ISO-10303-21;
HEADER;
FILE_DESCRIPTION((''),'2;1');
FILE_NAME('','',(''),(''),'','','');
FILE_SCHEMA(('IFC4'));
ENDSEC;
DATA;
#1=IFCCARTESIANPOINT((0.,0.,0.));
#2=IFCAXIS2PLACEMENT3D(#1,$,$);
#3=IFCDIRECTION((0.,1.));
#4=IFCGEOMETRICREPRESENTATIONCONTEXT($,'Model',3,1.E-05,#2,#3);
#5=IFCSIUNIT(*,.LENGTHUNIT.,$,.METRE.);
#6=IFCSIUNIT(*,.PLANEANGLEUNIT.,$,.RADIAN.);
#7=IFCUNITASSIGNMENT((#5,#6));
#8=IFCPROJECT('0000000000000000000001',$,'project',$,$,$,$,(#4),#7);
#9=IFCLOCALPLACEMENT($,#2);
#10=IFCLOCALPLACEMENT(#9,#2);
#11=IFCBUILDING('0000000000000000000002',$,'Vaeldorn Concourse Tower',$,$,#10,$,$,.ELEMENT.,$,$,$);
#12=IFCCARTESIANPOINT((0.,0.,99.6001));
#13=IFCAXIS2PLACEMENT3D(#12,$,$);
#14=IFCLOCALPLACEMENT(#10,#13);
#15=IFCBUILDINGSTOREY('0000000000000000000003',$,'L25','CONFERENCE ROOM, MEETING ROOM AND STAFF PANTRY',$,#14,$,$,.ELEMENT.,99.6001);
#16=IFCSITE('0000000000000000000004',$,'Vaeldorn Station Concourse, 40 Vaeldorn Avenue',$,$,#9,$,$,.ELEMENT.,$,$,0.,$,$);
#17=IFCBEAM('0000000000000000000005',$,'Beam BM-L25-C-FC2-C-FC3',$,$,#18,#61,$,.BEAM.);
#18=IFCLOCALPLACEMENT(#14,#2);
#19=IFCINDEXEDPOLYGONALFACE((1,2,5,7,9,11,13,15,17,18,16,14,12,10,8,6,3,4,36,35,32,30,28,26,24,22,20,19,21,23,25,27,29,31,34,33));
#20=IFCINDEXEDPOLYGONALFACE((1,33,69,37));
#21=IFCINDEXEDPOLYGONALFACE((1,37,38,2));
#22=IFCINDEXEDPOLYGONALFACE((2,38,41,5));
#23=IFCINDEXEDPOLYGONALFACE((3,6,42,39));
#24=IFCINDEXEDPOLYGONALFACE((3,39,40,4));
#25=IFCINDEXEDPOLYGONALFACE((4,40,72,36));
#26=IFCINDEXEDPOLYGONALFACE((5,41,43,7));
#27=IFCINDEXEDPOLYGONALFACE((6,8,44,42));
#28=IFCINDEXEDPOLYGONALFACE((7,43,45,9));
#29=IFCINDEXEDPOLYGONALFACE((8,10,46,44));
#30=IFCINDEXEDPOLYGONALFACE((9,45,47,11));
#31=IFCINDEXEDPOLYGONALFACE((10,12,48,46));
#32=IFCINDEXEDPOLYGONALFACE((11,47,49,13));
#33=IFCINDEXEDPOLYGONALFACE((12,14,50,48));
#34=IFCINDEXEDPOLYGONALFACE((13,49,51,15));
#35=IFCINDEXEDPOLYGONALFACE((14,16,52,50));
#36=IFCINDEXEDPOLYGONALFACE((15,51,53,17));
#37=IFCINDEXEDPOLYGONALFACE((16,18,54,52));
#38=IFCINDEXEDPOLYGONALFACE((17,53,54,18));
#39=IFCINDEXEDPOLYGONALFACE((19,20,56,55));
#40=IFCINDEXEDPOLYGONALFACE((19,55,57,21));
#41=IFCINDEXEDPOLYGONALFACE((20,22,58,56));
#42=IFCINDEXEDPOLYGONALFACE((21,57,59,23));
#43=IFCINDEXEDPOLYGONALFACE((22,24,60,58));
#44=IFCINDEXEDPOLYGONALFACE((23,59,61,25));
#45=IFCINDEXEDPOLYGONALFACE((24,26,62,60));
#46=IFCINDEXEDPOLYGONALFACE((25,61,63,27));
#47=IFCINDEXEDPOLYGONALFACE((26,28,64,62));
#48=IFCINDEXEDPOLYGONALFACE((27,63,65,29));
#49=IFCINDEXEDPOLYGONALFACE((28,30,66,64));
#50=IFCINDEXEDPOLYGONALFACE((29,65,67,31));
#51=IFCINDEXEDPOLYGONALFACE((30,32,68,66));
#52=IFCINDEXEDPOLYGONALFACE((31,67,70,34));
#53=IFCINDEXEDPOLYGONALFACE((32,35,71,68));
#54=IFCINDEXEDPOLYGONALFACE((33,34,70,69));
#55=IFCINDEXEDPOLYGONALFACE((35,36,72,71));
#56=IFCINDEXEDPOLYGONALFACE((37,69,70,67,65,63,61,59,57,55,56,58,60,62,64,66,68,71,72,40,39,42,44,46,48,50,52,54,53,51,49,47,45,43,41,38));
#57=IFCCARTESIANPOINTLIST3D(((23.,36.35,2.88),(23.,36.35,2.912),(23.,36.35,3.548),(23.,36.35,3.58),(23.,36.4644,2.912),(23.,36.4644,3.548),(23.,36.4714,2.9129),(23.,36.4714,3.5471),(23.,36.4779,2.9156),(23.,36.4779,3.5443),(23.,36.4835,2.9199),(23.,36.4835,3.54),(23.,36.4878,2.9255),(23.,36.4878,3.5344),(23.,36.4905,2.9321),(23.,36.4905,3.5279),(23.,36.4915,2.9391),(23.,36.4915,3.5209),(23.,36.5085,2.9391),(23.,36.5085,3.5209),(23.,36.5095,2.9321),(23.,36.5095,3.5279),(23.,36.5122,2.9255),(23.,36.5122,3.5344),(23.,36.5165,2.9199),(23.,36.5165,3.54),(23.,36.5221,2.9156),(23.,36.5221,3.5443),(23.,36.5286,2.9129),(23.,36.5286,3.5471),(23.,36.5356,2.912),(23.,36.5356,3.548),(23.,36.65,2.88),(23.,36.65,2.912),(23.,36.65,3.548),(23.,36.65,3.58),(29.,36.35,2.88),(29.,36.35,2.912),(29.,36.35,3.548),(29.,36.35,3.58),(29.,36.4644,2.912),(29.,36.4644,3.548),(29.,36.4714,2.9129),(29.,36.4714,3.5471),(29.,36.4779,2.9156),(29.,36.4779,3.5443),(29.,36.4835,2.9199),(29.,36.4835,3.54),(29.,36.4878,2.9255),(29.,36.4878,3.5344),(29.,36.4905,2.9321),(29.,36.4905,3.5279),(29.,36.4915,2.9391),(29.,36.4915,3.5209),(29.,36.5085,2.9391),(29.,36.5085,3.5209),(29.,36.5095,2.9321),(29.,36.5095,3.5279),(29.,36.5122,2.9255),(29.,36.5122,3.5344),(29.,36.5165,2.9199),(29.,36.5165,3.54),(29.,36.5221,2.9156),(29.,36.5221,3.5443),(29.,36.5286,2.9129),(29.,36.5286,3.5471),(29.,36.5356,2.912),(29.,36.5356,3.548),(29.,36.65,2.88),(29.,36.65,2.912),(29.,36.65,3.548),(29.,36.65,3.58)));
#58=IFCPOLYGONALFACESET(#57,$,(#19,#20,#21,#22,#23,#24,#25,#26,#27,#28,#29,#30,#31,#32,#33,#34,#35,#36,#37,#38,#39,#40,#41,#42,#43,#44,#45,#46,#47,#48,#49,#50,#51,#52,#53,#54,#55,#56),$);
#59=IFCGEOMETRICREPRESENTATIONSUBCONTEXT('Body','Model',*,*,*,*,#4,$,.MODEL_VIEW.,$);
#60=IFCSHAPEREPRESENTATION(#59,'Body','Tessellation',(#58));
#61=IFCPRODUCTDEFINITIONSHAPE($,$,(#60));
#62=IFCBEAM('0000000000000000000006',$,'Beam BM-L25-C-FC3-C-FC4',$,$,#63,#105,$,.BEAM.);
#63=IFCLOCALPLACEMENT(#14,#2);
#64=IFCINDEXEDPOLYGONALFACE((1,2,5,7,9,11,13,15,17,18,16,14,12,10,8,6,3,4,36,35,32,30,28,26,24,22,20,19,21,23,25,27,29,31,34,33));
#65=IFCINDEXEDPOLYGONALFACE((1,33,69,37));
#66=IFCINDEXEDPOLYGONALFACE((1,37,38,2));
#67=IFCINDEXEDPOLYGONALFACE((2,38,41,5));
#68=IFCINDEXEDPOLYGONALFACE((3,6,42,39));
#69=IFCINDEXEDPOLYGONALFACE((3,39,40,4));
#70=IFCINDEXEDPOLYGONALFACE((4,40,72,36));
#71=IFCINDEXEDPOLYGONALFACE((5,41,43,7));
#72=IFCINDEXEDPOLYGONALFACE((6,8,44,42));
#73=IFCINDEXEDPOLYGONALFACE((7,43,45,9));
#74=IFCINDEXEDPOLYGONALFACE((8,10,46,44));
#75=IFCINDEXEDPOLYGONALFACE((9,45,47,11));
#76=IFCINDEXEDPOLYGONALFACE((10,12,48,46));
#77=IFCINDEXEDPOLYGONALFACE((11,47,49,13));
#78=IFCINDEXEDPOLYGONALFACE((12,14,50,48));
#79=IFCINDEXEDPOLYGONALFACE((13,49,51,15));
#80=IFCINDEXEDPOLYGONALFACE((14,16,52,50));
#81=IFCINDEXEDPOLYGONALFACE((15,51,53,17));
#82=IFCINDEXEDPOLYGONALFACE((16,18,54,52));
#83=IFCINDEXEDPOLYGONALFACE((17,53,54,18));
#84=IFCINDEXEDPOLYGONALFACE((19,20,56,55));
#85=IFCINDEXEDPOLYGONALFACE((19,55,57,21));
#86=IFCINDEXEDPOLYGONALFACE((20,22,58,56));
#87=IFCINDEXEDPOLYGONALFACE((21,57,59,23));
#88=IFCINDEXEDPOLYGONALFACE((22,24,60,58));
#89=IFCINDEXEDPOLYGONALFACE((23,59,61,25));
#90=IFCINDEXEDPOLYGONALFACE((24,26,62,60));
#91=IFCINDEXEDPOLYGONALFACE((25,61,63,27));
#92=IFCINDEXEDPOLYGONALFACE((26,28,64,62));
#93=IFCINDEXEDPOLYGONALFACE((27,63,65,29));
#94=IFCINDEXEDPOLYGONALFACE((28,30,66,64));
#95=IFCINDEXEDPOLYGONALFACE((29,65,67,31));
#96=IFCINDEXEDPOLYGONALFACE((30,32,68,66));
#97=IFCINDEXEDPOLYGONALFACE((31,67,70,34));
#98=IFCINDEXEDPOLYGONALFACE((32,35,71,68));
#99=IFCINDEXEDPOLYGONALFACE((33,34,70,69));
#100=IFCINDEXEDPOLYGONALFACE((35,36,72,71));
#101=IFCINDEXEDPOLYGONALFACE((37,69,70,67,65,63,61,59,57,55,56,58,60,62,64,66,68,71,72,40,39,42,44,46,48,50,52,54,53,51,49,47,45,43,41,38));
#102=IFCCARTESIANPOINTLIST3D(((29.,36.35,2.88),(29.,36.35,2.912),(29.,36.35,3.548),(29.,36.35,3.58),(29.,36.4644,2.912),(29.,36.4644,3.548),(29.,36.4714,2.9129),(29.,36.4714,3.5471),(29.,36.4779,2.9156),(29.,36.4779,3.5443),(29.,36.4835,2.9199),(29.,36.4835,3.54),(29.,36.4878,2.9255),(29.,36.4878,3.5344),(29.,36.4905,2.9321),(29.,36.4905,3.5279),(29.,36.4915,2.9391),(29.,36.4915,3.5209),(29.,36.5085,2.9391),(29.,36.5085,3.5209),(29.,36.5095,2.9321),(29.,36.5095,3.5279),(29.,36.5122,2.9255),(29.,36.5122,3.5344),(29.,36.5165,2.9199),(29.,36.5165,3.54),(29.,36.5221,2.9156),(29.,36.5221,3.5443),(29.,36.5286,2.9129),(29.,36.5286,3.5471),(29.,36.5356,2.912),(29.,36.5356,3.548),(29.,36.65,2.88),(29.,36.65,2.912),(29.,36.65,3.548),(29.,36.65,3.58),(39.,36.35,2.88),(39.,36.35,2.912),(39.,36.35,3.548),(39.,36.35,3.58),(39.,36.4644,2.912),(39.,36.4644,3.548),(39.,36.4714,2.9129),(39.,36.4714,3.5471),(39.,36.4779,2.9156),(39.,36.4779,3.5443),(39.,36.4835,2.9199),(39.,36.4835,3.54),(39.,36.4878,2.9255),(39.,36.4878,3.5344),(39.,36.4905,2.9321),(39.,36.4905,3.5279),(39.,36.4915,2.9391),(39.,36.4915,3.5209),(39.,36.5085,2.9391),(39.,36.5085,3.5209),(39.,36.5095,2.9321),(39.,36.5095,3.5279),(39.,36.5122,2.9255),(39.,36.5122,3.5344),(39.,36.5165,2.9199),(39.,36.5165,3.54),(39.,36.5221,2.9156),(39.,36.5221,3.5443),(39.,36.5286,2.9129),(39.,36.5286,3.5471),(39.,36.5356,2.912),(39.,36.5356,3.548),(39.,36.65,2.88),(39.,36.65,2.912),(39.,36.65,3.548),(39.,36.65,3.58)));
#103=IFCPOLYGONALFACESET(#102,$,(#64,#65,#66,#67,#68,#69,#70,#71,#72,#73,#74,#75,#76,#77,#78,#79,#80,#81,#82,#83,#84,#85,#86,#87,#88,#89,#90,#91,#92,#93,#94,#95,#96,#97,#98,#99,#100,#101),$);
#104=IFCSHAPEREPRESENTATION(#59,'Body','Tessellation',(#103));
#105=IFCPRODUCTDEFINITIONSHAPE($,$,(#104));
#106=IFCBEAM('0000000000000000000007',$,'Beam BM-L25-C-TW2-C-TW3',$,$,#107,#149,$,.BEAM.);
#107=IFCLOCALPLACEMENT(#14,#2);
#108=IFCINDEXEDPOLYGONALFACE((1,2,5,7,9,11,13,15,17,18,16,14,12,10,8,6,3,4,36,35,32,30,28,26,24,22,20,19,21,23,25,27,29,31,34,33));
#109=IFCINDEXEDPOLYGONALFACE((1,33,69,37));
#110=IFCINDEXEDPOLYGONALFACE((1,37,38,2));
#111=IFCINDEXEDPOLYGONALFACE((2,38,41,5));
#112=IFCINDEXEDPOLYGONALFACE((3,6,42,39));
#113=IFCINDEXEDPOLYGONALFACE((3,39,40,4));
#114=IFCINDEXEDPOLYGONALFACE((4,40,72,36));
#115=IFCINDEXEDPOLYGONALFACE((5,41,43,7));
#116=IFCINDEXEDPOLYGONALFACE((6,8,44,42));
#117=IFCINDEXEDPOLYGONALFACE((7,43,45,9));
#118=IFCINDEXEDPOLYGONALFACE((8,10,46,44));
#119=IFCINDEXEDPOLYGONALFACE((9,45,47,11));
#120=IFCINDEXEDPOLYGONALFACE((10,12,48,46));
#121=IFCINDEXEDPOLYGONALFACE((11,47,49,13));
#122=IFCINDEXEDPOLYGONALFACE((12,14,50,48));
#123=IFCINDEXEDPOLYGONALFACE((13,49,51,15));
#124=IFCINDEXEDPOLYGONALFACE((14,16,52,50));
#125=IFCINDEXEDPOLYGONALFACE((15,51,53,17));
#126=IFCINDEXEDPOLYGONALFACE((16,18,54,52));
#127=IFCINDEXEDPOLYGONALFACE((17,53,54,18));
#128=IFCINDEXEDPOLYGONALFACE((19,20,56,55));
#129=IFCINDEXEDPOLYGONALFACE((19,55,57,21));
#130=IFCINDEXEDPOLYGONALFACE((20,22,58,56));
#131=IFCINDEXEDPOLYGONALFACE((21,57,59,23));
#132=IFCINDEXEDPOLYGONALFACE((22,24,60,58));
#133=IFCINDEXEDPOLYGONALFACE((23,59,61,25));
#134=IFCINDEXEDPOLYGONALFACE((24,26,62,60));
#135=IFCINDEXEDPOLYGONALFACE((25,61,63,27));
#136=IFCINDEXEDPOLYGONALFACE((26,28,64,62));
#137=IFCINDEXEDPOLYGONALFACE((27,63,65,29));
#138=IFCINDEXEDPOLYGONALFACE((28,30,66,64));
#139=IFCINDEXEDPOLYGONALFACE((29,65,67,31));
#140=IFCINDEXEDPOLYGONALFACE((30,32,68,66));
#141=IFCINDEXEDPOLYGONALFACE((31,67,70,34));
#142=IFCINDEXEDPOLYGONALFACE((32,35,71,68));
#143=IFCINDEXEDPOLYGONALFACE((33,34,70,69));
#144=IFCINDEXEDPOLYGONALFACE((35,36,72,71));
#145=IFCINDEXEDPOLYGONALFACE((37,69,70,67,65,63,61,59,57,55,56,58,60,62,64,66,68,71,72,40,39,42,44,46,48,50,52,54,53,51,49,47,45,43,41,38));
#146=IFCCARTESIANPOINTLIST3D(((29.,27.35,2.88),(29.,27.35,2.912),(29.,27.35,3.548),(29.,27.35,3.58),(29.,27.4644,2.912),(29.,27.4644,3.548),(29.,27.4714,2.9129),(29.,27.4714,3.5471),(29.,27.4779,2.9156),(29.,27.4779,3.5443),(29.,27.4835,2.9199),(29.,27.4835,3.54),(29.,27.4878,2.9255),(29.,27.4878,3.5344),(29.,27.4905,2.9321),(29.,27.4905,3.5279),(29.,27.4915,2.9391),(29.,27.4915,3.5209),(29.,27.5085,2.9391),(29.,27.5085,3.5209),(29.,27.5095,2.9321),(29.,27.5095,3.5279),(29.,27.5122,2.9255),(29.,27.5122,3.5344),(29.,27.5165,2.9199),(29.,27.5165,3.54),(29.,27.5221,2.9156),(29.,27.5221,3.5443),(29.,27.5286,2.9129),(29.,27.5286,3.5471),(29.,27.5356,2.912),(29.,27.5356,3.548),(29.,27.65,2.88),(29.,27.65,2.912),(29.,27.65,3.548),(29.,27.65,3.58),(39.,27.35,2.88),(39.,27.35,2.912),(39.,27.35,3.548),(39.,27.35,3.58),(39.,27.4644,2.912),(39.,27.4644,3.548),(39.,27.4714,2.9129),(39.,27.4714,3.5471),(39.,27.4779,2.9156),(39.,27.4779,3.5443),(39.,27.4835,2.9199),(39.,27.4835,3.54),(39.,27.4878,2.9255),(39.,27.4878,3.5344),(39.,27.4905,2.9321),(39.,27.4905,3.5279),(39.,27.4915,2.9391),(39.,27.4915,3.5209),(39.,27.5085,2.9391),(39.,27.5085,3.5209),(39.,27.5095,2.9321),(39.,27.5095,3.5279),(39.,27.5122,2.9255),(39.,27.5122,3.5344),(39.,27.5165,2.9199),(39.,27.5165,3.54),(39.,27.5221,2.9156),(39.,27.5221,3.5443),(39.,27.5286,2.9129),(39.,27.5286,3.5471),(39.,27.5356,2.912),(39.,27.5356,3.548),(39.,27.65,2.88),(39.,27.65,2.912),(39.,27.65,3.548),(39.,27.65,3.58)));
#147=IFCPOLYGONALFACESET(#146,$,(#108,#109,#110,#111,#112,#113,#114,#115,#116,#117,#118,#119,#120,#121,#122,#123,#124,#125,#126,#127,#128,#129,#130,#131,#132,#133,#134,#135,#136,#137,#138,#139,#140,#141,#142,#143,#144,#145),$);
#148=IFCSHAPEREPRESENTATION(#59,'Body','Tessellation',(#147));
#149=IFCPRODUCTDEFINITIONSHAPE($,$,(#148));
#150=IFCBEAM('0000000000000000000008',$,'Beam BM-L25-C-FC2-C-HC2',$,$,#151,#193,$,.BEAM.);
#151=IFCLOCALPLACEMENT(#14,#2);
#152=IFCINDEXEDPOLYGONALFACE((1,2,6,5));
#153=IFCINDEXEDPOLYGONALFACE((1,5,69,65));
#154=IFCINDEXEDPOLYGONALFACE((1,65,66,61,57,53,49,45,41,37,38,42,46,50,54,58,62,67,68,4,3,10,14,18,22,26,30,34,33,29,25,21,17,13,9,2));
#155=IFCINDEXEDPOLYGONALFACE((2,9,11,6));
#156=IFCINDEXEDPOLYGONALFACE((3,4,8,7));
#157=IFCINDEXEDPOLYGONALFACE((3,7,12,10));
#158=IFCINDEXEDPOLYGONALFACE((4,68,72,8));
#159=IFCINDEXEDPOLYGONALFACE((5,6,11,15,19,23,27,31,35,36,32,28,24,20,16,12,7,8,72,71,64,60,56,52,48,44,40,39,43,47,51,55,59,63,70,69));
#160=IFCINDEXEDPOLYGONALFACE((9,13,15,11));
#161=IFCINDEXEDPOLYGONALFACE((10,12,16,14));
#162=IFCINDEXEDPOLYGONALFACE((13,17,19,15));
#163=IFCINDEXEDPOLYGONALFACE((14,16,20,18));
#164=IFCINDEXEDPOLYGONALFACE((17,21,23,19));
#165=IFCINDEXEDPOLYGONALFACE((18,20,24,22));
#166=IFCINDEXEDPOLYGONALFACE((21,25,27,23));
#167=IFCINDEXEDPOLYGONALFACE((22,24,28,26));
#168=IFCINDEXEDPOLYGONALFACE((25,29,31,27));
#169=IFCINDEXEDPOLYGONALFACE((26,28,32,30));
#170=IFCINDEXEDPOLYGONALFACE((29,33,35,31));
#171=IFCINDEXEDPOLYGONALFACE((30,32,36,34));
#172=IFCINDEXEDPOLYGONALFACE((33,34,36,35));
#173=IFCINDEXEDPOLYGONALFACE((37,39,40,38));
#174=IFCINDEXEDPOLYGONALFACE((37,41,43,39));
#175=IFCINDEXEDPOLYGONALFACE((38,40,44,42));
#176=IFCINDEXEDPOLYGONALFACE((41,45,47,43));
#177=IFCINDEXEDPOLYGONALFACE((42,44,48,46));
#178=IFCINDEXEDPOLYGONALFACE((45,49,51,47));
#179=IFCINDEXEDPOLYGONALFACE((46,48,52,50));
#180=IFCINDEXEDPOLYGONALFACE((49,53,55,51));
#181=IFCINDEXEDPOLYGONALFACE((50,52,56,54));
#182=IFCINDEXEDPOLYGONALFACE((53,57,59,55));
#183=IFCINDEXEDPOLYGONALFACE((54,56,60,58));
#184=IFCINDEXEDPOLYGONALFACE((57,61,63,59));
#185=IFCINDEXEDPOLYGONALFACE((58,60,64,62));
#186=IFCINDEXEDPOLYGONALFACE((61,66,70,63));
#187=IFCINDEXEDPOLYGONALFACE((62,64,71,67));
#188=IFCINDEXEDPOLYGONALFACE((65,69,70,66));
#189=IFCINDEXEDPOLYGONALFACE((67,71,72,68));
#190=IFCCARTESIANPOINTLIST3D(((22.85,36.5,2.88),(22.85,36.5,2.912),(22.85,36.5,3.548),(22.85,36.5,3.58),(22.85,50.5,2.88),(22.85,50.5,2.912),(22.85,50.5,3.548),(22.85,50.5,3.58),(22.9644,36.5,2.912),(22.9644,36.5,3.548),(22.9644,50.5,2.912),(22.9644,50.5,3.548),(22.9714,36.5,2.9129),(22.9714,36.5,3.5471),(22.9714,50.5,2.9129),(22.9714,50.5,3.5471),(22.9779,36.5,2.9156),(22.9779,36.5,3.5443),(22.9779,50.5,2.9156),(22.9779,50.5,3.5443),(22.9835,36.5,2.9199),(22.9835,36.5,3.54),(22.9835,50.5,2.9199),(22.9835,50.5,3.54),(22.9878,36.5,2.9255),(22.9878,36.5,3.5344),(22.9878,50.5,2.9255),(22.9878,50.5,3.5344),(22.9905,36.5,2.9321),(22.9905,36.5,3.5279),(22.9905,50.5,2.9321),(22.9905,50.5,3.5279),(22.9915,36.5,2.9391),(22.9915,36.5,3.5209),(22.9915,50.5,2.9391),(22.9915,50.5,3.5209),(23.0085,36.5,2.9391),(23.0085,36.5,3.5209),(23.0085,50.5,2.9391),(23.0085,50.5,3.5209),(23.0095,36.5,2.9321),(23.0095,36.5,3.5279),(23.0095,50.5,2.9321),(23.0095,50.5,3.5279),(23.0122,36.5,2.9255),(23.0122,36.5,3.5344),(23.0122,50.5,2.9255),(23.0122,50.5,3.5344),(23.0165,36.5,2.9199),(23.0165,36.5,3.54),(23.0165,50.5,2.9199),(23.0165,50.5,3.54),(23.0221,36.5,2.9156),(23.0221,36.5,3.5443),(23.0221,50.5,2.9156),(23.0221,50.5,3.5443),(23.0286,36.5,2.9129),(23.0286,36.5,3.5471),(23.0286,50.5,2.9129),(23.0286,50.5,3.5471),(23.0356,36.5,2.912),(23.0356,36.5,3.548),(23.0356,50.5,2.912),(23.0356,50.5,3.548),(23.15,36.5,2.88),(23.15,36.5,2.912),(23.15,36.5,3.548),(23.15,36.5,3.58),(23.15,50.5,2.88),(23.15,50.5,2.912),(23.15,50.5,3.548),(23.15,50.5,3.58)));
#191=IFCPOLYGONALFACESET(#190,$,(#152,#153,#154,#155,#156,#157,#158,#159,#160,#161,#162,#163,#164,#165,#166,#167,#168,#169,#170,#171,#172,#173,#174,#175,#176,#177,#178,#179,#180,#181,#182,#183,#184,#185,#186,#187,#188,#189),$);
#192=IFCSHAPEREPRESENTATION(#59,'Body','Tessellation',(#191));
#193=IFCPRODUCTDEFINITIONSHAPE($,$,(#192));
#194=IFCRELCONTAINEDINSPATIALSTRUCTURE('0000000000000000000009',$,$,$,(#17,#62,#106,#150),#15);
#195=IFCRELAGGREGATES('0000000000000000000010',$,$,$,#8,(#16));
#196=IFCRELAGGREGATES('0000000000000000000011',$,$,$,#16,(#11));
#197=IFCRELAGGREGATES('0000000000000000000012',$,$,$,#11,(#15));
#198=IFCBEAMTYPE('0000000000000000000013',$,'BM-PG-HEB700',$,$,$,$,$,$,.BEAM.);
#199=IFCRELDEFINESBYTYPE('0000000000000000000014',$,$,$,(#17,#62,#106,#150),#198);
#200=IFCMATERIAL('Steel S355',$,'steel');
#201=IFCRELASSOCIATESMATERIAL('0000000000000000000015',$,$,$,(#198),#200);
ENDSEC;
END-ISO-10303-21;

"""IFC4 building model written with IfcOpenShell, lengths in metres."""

from ifc_helpers import new_model, si_unit, direction, frame, origin, origin_2d, place, context, subcontext, project, spatial, i_section, extrude, source, transform, mapped, material, material_profile, profile_set, type_object, element, save


model = new_model("IFC4")

# Units and contexts
model_context = context("Model", 3, precision=1e-05, world=origin(), true_north=direction((0.0, 1.0)))
body_context = subcontext(model_context, "Body", "Model", "MODEL_VIEW")
ifc_project = project(units=[si_unit("LENGTHUNIT", "METRE"), si_unit("PLANEANGLEUNIT", "RADIAN")], contexts=[model_context])

# Site, building, storey
site_placement = place(None, origin())
site = spatial("IfcSite", under=ifc_project, at=site_placement, Name="Vaeldorn Station Concourse, 40 Vaeldorn Avenue", CompositionType="ELEMENT", RefElevation=0.0)
building_placement = place(site_placement, origin())
building = spatial("IfcBuilding", under=site, at=building_placement, Name="Vaeldorn Concourse Tower", CompositionType="ELEMENT")
storey_placement = place(building_placement, frame((0.0, 0.0, 99.6001)))
storey = spatial("IfcBuildingStorey", under=building, at=storey_placement, Name="L25", Description="CONFERENCE ROOM, MEETING ROOM AND STAFF PANTRY", CompositionType="ELEMENT", Elevation=99.6001)

# Beams
ifc_material_1 = material(Name="Steel S355", Category="steel")
ifc_material_profile_1 = material_profile(ifc_material_1, i_section(OverallWidth=0.3, OverallDepth=0.7, WebThickness=0.0171, FlangeThickness=0.032, FilletRadius=0.0271, at=origin_2d()), Name="HEB 700")
ifc_profile_set_1 = profile_set([ifc_material_profile_1], Name="Steel S355")
beam_type_1 = type_object("IfcBeamType", Name="BM-PG-HEB700", PredefinedType="BEAM", material=ifc_profile_set_1)
shared_shape_1 = source(origin(), body_context, "Body", "SweptSolid", [
    extrude(i_section(OverallWidth=0.3, OverallDepth=0.7, WebThickness=0.0171, FlangeThickness=0.032, FilletRadius=0.0271, at=origin_2d()), origin(), (0.0, 0.0, 1.0), 6.0),
])
beam_1_placement = place(storey_placement, frame((23.0, 36.5, 3.23), z_axis=(1.0, 0.0, 0.0), x_axis=(0.0, 1.0, 0.0)))
element("IfcBeam", 1, at=beam_1_placement, inside=storey, type_object=beam_type_1, Name="Beam BM-L25-C-FC2-C-FC3", PredefinedType="BEAM", context=body_context, shape_type="MappedRepresentation", body=[
    mapped(shared_shape_1, transform((0.0, 0.0, 0.0), scale=1.0)),
])
shared_shape_2 = source(origin(), body_context, "Body", "SweptSolid", [
    extrude(i_section(OverallWidth=0.3, OverallDepth=0.7, WebThickness=0.0171, FlangeThickness=0.032, FilletRadius=0.0271, at=origin_2d()), origin(), (0.0, 0.0, 1.0), 10.0),
])
for number, where, z_axis, x_axis, name in (
    (2, (29.0, 36.5, 3.23), (1.0, 0.0, 0.0), (0.0, 1.0, 0.0), "Beam BM-L25-C-FC3-C-FC4"),
    (3, (29.0, 27.5, 3.23), (1.0, 0.0, 0.0), (0.0, 1.0, 0.0), "Beam BM-L25-C-TW2-C-TW3"),
):
    element("IfcBeam", number, at=place(storey_placement, frame(where, z_axis=z_axis, x_axis=x_axis)), inside=storey, type_object=beam_type_1, Name=name, PredefinedType="BEAM", context=body_context, shape_type="MappedRepresentation", body=[
        mapped(shared_shape_2, transform((0.0, 0.0, 0.0), scale=1.0)),
    ])
shared_shape_3 = source(origin(), body_context, "Body", "SweptSolid", [
    extrude(i_section(OverallWidth=0.3, OverallDepth=0.7, WebThickness=0.0171, FlangeThickness=0.032, FilletRadius=0.0271, at=origin_2d()), origin(), (0.0, 0.0, 1.0), 14.0),
])
beam_2_placement = place(storey_placement, frame((23.0, 36.5, 3.23), z_axis=(0.0, 1.0, 0.0), x_axis=(-1.0, 0.0, 0.0)))
element("IfcBeam", 4, at=beam_2_placement, inside=storey, type_object=beam_type_1, Name="Beam BM-L25-C-FC2-C-HC2", PredefinedType="BEAM", context=body_context, shape_type="MappedRepresentation", body=[
    mapped(shared_shape_3, transform((0.0, 0.0, 0.0), scale=1.0)),
])

save(model, "model.ifc")
